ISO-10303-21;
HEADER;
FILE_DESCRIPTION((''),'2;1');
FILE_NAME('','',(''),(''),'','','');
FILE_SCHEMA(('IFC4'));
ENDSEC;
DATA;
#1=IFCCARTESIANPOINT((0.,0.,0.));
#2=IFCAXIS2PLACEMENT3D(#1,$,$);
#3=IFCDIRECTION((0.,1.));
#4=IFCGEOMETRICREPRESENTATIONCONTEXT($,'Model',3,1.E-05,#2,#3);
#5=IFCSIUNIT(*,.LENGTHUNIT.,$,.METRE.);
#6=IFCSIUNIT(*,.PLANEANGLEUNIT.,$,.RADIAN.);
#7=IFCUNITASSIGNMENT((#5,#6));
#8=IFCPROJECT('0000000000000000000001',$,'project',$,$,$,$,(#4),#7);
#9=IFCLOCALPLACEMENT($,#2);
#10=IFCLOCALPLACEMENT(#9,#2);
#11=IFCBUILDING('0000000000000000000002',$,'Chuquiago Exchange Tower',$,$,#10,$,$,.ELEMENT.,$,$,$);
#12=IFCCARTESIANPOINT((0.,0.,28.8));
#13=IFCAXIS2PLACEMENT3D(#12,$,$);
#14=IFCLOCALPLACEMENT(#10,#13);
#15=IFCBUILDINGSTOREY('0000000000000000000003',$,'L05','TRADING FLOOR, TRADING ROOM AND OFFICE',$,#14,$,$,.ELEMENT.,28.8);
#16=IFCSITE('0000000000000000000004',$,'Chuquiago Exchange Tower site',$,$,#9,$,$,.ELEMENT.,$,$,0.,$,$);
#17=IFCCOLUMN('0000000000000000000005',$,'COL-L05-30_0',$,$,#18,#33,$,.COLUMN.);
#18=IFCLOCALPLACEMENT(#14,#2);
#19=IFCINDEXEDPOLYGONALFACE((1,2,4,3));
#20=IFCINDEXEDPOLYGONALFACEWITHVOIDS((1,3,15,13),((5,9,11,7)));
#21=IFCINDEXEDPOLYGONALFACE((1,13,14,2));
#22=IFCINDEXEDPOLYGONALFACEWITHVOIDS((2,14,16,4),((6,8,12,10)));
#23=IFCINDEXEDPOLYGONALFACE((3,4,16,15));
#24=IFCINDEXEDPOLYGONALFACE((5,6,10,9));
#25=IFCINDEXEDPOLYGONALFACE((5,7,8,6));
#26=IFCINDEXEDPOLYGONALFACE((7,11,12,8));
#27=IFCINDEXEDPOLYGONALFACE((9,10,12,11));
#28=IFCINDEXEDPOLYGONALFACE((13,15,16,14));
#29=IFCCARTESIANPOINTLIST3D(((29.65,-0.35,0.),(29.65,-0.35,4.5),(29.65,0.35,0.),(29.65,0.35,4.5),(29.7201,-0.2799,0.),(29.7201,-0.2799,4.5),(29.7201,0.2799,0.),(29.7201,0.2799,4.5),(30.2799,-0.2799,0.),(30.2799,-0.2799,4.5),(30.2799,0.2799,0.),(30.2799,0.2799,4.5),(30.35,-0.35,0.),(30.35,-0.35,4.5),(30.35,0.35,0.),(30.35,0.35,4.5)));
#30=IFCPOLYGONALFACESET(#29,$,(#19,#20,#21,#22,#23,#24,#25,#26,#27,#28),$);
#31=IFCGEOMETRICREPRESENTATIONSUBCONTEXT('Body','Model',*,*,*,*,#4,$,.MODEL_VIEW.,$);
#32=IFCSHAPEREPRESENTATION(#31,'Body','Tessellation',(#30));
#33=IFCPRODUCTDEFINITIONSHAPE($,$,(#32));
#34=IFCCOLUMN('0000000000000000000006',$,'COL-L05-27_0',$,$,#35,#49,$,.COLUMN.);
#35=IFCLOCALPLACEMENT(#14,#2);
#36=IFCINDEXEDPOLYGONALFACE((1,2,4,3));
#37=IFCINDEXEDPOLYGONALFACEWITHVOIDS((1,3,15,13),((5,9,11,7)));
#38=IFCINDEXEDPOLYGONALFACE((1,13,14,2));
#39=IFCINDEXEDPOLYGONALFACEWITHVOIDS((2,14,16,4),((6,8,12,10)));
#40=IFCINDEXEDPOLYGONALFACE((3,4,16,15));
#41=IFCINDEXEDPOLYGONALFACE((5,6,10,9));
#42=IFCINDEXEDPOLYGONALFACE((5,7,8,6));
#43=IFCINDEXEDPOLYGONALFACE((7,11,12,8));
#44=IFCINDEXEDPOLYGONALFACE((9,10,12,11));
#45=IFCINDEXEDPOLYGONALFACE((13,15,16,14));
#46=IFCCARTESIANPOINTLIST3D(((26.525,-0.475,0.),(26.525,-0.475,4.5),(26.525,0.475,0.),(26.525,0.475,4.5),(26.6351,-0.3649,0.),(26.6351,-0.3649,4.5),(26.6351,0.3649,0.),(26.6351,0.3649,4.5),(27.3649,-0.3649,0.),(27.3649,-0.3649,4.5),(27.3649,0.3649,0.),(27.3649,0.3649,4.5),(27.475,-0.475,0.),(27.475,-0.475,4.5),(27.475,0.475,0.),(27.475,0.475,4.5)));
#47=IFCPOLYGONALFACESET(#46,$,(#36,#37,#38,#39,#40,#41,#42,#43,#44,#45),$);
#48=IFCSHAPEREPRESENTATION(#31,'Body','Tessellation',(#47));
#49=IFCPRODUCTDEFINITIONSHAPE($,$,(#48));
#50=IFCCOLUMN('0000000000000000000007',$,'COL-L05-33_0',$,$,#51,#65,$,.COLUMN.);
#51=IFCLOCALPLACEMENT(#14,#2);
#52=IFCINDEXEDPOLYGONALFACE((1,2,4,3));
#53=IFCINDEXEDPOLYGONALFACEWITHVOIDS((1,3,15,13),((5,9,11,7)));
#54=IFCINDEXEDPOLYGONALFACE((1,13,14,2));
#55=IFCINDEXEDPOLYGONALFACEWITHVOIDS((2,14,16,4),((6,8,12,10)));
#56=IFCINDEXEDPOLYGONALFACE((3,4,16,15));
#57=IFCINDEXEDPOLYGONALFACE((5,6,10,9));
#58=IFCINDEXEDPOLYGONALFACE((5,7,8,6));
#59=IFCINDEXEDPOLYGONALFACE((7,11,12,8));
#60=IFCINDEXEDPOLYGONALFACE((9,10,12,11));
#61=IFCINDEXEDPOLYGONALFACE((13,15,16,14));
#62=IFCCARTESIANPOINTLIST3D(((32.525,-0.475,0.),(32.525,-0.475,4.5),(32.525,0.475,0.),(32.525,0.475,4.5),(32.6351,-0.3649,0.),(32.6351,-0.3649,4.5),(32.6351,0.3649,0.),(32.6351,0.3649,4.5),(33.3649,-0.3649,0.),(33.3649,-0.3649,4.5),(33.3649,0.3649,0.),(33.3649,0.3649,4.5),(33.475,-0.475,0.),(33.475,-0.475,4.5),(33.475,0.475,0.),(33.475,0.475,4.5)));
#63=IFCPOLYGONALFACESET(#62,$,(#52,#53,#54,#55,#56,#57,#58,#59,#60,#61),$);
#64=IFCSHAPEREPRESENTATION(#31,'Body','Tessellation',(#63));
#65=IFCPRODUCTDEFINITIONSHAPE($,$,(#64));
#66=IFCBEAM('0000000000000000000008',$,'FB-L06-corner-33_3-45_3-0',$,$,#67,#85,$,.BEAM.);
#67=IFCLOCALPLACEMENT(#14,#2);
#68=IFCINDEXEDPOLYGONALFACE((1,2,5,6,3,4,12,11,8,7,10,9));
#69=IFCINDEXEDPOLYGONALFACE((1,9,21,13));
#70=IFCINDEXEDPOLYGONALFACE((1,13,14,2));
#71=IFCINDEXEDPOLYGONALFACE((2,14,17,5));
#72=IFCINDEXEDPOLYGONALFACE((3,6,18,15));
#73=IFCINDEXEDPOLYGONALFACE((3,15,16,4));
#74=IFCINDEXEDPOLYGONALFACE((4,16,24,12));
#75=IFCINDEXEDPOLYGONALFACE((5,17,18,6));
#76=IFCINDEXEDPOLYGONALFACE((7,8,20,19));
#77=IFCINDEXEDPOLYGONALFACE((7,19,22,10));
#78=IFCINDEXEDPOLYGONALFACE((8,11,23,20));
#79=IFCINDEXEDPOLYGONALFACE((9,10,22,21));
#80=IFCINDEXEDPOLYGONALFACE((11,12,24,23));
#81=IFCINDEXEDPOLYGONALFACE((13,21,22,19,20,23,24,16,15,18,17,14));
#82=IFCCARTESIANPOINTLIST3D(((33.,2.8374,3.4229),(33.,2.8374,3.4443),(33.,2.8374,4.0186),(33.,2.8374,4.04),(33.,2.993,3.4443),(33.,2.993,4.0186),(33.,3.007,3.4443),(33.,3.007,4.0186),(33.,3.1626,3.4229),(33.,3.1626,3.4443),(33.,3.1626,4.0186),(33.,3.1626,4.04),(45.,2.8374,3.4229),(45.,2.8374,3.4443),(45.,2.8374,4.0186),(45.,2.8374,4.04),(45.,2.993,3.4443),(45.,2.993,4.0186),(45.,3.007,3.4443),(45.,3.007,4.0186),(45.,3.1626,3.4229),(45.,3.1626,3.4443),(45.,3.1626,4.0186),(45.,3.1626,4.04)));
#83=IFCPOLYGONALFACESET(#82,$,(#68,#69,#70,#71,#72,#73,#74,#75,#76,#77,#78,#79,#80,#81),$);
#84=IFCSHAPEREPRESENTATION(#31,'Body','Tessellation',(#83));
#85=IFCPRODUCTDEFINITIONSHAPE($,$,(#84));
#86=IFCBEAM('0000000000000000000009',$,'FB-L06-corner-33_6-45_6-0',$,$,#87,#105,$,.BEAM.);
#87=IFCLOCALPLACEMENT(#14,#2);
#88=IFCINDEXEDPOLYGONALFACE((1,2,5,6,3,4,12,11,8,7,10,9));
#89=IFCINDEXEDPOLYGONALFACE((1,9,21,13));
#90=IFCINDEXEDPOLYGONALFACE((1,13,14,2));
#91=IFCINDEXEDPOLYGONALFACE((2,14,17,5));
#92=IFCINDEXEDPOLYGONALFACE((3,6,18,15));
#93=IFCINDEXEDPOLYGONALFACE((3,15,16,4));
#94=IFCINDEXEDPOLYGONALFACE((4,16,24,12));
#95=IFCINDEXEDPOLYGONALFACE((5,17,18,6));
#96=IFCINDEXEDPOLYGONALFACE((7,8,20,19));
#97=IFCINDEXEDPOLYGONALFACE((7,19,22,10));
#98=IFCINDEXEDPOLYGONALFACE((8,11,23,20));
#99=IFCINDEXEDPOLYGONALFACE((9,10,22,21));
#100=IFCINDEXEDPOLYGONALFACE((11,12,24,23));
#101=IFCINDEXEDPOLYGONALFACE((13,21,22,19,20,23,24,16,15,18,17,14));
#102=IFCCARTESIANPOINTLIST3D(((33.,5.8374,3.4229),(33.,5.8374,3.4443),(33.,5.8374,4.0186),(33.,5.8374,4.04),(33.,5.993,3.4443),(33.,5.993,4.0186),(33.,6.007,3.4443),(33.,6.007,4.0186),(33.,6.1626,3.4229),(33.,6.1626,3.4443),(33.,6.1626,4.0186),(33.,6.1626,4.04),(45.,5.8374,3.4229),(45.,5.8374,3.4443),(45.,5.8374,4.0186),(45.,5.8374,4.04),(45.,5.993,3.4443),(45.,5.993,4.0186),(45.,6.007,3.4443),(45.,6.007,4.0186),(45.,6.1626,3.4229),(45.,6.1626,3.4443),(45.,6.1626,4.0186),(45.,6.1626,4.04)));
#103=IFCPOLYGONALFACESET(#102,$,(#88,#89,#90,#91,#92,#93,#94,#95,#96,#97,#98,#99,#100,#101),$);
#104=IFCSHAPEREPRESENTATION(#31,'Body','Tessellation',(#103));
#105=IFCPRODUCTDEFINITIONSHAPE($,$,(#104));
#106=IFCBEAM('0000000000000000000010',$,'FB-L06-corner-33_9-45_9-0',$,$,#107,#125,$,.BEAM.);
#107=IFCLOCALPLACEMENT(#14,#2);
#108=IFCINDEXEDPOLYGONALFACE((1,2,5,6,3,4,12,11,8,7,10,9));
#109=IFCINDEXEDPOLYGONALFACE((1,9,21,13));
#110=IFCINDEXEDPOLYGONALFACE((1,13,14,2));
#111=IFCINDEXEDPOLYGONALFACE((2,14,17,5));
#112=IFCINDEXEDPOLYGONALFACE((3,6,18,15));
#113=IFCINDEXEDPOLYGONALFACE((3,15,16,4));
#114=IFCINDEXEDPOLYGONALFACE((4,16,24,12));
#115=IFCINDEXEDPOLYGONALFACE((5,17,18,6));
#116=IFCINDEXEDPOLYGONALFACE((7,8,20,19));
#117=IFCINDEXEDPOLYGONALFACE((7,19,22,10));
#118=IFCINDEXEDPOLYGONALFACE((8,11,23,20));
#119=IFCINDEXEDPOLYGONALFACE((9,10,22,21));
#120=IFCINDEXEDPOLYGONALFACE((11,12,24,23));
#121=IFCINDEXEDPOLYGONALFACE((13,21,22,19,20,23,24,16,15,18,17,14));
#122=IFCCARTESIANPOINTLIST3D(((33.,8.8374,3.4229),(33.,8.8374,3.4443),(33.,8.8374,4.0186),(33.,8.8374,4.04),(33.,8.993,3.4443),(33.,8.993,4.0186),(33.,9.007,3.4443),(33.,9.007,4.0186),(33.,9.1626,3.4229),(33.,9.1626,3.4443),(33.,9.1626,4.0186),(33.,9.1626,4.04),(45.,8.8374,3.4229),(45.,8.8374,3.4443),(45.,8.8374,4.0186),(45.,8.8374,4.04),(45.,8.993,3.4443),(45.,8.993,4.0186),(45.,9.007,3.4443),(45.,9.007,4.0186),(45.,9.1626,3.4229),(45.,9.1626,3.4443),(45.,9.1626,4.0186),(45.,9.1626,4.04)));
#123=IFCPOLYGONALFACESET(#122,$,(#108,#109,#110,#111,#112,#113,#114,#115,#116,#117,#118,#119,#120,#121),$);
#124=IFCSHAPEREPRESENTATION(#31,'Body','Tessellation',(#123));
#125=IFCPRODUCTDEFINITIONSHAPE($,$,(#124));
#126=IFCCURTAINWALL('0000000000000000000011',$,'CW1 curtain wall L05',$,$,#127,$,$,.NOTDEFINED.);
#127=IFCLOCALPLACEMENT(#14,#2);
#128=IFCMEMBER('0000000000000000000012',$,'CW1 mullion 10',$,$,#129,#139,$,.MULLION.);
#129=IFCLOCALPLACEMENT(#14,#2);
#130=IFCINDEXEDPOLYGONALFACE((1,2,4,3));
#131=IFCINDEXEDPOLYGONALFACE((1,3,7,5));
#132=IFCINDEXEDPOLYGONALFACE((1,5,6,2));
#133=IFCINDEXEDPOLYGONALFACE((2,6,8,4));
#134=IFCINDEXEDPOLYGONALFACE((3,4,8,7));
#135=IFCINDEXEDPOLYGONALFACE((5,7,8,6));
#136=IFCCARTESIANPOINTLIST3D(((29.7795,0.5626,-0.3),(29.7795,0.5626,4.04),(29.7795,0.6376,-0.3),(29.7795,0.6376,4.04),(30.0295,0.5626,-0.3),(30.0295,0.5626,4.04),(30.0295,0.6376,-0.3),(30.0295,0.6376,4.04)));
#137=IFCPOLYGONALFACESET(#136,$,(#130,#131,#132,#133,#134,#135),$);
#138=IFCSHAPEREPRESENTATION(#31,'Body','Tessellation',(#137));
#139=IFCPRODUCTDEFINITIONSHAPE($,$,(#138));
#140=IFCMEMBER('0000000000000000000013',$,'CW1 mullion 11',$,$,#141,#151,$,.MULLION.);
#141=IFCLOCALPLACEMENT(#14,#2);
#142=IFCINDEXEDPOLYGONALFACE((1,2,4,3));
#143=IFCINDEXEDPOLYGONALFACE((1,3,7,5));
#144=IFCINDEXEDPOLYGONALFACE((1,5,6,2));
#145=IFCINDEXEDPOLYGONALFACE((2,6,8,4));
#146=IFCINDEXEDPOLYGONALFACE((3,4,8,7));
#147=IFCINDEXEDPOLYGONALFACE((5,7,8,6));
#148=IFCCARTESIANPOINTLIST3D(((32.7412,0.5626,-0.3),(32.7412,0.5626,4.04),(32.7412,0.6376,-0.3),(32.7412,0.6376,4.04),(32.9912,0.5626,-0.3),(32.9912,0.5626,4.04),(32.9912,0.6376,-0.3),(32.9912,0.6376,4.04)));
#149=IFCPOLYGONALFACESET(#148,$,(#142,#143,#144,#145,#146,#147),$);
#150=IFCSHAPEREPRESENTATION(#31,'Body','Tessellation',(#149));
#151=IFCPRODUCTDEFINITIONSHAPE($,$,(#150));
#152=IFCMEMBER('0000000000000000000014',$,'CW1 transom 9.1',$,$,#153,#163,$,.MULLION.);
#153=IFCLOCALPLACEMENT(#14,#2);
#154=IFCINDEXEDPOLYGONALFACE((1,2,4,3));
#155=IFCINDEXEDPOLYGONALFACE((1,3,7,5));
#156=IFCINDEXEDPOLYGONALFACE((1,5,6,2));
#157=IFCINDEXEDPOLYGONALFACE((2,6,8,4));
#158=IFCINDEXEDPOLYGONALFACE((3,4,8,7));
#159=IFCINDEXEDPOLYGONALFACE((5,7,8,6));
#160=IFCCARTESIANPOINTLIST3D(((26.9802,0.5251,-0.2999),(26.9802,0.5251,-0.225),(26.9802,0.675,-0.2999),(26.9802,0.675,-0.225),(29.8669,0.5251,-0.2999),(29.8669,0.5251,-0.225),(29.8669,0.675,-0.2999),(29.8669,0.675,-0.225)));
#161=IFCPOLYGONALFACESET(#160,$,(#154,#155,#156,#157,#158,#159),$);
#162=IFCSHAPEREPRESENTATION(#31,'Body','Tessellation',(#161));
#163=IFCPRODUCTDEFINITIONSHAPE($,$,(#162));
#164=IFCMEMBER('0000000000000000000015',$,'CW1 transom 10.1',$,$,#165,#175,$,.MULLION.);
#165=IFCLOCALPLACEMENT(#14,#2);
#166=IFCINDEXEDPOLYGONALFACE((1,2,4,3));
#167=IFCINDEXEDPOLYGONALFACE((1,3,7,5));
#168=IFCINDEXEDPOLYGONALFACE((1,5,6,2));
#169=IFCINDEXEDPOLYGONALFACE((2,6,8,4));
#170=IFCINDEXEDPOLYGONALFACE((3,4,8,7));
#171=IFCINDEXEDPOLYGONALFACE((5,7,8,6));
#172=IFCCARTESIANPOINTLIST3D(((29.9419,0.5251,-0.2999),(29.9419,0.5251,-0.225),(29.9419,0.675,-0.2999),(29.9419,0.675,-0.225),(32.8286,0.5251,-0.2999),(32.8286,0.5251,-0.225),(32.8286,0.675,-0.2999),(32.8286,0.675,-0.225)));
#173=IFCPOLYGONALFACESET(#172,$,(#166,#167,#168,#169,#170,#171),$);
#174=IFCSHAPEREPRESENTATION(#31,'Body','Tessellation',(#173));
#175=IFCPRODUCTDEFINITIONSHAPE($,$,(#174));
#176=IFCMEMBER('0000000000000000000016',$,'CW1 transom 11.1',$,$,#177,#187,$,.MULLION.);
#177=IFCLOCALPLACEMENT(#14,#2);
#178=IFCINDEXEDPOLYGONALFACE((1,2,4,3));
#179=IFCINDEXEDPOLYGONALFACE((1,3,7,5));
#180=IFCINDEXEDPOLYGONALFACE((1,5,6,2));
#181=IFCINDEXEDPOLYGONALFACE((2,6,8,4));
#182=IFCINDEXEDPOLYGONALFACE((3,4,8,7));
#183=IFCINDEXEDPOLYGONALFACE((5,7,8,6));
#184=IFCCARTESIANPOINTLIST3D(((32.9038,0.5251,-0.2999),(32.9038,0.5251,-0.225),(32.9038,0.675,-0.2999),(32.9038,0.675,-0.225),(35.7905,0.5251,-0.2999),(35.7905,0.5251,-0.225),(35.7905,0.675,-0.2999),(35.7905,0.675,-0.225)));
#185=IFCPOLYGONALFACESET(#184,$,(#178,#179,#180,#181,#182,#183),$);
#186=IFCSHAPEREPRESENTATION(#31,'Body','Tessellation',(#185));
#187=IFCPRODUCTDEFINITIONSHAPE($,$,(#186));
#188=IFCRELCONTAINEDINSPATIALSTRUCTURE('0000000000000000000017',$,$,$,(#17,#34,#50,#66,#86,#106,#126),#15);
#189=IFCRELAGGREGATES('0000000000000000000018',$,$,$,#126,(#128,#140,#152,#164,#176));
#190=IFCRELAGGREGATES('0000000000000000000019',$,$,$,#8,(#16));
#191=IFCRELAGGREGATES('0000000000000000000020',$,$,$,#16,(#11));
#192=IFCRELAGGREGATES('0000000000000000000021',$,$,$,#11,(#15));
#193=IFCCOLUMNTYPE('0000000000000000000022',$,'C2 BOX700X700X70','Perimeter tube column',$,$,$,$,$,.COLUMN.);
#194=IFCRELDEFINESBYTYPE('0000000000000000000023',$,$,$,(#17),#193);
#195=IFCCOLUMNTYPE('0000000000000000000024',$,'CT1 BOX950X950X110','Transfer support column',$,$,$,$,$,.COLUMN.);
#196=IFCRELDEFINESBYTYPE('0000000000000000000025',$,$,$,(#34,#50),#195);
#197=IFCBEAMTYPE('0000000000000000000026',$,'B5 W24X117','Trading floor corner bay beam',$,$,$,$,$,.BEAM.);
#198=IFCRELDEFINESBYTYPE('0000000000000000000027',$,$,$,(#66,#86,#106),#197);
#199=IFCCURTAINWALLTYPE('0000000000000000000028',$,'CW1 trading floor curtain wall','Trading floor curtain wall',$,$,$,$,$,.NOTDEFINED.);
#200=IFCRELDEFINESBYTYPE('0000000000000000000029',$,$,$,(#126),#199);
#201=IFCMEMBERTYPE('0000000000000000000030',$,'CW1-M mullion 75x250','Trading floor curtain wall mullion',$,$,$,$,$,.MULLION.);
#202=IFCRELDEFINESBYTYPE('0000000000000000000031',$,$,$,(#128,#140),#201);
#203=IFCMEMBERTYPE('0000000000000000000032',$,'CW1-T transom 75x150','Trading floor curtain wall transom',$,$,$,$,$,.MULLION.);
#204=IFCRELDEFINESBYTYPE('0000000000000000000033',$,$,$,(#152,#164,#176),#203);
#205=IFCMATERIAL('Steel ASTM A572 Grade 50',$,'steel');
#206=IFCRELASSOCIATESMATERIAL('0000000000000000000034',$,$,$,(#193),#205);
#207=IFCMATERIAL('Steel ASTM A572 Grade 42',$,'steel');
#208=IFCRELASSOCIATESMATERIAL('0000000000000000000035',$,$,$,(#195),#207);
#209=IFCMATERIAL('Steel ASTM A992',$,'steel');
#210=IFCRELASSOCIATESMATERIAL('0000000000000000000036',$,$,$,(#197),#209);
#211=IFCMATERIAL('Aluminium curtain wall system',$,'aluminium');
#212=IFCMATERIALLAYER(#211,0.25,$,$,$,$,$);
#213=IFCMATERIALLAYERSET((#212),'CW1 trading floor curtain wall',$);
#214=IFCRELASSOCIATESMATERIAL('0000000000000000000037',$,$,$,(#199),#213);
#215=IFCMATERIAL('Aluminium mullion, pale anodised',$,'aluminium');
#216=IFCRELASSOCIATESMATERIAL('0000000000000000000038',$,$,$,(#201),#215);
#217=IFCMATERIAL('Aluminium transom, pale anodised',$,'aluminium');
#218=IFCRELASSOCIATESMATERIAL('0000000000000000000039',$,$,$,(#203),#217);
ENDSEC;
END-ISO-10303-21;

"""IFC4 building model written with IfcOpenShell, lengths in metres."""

from ifc_helpers import new_model, si_unit, direction, frame, origin, origin_2d, place, context, subcontext, project, spatial, rectangle, hollow_rectangle, i_section, extrude, material, layer, layer_set, material_profile, profile_set, type_object, element, aggregate, save


model = new_model("IFC4")

# Units and contexts
model_context = context("Model", 3, precision=1e-05, world=origin(), true_north=direction((0.0, 1.0)))
body_context = subcontext(model_context, "Body", "Model", "MODEL_VIEW")
ifc_project = project(units=[si_unit("LENGTHUNIT", "METRE"), si_unit("PLANEANGLEUNIT", "RADIAN")], contexts=[model_context])

# Site, building, storey
site_placement = place(None, origin())
site = spatial("IfcSite", under=ifc_project, at=site_placement, Name="Chuquiago Exchange Tower site", CompositionType="ELEMENT", RefElevation=0.0)
building_placement = place(site_placement, origin())
building = spatial("IfcBuilding", under=site, at=building_placement, Name="Chuquiago Exchange Tower", CompositionType="ELEMENT")
storey_placement = place(building_placement, frame((0.0, 0.0, 28.8)))
storey = spatial("IfcBuildingStorey", under=building, at=storey_placement, Name="L05", Description="TRADING FLOOR, TRADING ROOM AND OFFICE", CompositionType="ELEMENT", Elevation=28.8)

# Columns
ifc_material_1 = material(Name="Steel ASTM A572 Grade 50", Category="steel")
ifc_material_profile_1 = material_profile(ifc_material_1, hollow_rectangle(XDim=0.7, YDim=0.7, WallThickness=0.0701, at=origin_2d()), Name="BOX700X700X70")
ifc_profile_set_1 = profile_set([ifc_material_profile_1], Name="Steel ASTM A572 Grade 50")
column_type_1 = type_object("IfcColumnType", Name="C2 BOX700X700X70", Description="Perimeter tube column", PredefinedType="COLUMN", material=ifc_profile_set_1)
column_placement = place(storey_placement, frame((30.0, 0.0, 0.0), z_axis=(0.0, 0.0, 1.0), x_axis=(0.0, -1.0, 0.0)))
element("IfcColumn", 1, at=column_placement, inside=storey, type_object=column_type_1, Name="COL-L05-30_0", PredefinedType="COLUMN", context=body_context, shape_type="SweptSolid", body=[
    extrude(hollow_rectangle(XDim=0.7, YDim=0.7, WallThickness=0.0701, at=origin_2d()), origin(), (0.0, 0.0, 1.0), 4.5),
])
ifc_material_2 = material(Name="Steel ASTM A572 Grade 42", Category="steel")
ifc_material_profile_2 = material_profile(ifc_material_2, hollow_rectangle(XDim=0.95, YDim=0.95, WallThickness=0.1101, at=origin_2d()), Name="BOX950X950X110")
ifc_profile_set_2 = profile_set([ifc_material_profile_2], Name="Steel ASTM A572 Grade 42")
column_type_2 = type_object("IfcColumnType", Name="CT1 BOX950X950X110", Description="Transfer support column", PredefinedType="COLUMN", material=ifc_profile_set_2)
for number, where, z_axis, x_axis, name in (
    (2, (27.0, 0.0, 0.0), (0.0, 0.0, 1.0), (0.0, -1.0, 0.0), "COL-L05-27_0"),
    (3, (33.0, 0.0, 0.0), (0.0, 0.0, 1.0), (0.0, -1.0, 0.0), "COL-L05-33_0"),
):
    element("IfcColumn", number, at=place(storey_placement, frame(where, z_axis=z_axis, x_axis=x_axis)), inside=storey, type_object=column_type_2, Name=name, PredefinedType="COLUMN", context=body_context, shape_type="SweptSolid", body=[
        extrude(hollow_rectangle(XDim=0.95, YDim=0.95, WallThickness=0.1101, at=origin_2d()), origin(), (0.0, 0.0, 1.0), 4.5),
    ])

# Beams
ifc_material_3 = material(Name="Steel ASTM A992", Category="steel")
ifc_material_profile_3 = material_profile(ifc_material_3, i_section(OverallWidth=0.3252, OverallDepth=0.6172, WebThickness=0.0139, FlangeThickness=0.0215, at=origin_2d()), Name="W24X117")
ifc_profile_set_3 = profile_set([ifc_material_profile_3], Name="Steel ASTM A992")
beam_type_1 = type_object("IfcBeamType", Name="B5 W24X117", Description="Trading floor corner bay beam", PredefinedType="BEAM", material=ifc_profile_set_3)
for number, where, z_axis, x_axis, name in (
    (4, (33.0, 3.0, 3.7314), (1.0, 0.0, 0.0), (0.0, 1.0, 0.0), "FB-L06-corner-33_3-45_3-0"),
    (5, (33.0, 6.0, 3.7314), (1.0, 0.0, 0.0), (0.0, 1.0, 0.0), "FB-L06-corner-33_6-45_6-0"),
    (6, (33.0, 9.0, 3.7314), (1.0, 0.0, 0.0), (0.0, 1.0, 0.0), "FB-L06-corner-33_9-45_9-0"),
):
    element("IfcBeam", number, at=place(storey_placement, frame(where, z_axis=z_axis, x_axis=x_axis)), inside=storey, type_object=beam_type_1, Name=name, PredefinedType="BEAM", context=body_context, shape_type="SweptSolid", body=[
        extrude(i_section(OverallWidth=0.3252, OverallDepth=0.6172, WebThickness=0.0139, FlangeThickness=0.0215, at=origin_2d()), origin(), (0.0, 0.0, 1.0), 12.0),
    ])

# Curtain wall, members
ifc_material_4 = material(Name="Aluminium curtain wall system", Category="aluminium")
ifc_layer_1 = layer(ifc_material_4, 0.25)
ifc_layer_set_1 = layer_set([ifc_layer_1], Name="CW1 trading floor curtain wall")
curtain_wall_type = type_object("IfcCurtainWallType", Name="CW1 trading floor curtain wall", Description="Trading floor curtain wall", PredefinedType="NOTDEFINED", material=ifc_layer_set_1)
curtain_wall_placement = place(storey_placement, origin())
curtain_wall = element("IfcCurtainWall", 7, at=curtain_wall_placement, inside=storey, type_object=curtain_wall_type, Name="CW1 curtain wall L05", PredefinedType="NOTDEFINED")
ifc_material_5 = material(Name="Aluminium mullion, pale anodised", Category="aluminium")
ifc_material_profile_4 = material_profile(ifc_material_5, rectangle(XDim=0.075, YDim=0.25, at=origin_2d()), Name="AL 75x250")
ifc_profile_set_4 = profile_set([ifc_material_profile_4], Name="Aluminium mullion, pale anodised")
member_type_1 = type_object("IfcMemberType", Name="CW1-M mullion 75x250", Description="Trading floor curtain wall mullion", PredefinedType="MULLION", material=ifc_profile_set_4)
member_1_placement = place(storey_placement, frame((29.9045, 0.6001, -0.3), z_axis=(0.0, 0.0, 1.0), x_axis=(0.0, 1.0, 0.0)))
member_1 = element("IfcMember", 8, at=member_1_placement, type_object=member_type_1, Name="CW1 mullion 10", PredefinedType="MULLION", context=body_context, shape_type="SweptSolid", body=[
    extrude(rectangle(XDim=0.075, YDim=0.25, at=origin_2d()), origin(), (0.0, 0.0, 1.0), 4.3401),
])
member_2_placement = place(storey_placement, frame((32.8662, 0.6001, -0.3), z_axis=(0.0, 0.0, 1.0), x_axis=(0.0, 1.0, 0.0)))
member_2 = element("IfcMember", 9, at=member_2_placement, type_object=member_type_1, Name="CW1 mullion 11", PredefinedType="MULLION", context=body_context, shape_type="SweptSolid", body=[
    extrude(rectangle(XDim=0.075, YDim=0.25, at=origin_2d()), origin(), (0.0, 0.0, 1.0), 4.3401),
])
ifc_material_6 = material(Name="Aluminium transom, pale anodised", Category="aluminium")
ifc_material_profile_5 = material_profile(ifc_material_6, rectangle(XDim=0.1499, YDim=0.075, at=origin_2d()), Name="AL 150x75")
ifc_profile_set_5 = profile_set([ifc_material_profile_5], Name="Aluminium transom, pale anodised")
member_type_2 = type_object("IfcMemberType", Name="CW1-T transom 75x150", Description="Trading floor curtain wall transom", PredefinedType="MULLION", material=ifc_profile_set_5)
member_3_placement = place(storey_placement, frame((26.9802, 0.6001, -0.2625), z_axis=(1.0, 0.0, 0.0), x_axis=(0.0, 1.0, 0.0)))
member_3 = element("IfcMember", 10, at=member_3_placement, type_object=member_type_2, Name="CW1 transom 9.1", PredefinedType="MULLION", context=body_context, shape_type="SweptSolid", body=[
    extrude(rectangle(XDim=0.1499, YDim=0.075, at=origin_2d()), origin(), (0.0, 0.0, 1.0), 2.8867),
])
member_4_placement = place(storey_placement, frame((29.9419, 0.6001, -0.2625), z_axis=(1.0, 0.0, 0.0), x_axis=(0.0, 1.0, 0.0)))
member_4 = element("IfcMember", 11, at=member_4_placement, type_object=member_type_2, Name="CW1 transom 10.1", PredefinedType="MULLION", context=body_context, shape_type="SweptSolid", body=[
    extrude(rectangle(XDim=0.1499, YDim=0.075, at=origin_2d()), origin(), (0.0, 0.0, 1.0), 2.8867),
])
member_5_placement = place(storey_placement, frame((32.9038, 0.6001, -0.2625), z_axis=(1.0, 0.0, 0.0), x_axis=(0.0, 1.0, 0.0)))
member_5 = element("IfcMember", 12, at=member_5_placement, type_object=member_type_2, Name="CW1 transom 11.1", PredefinedType="MULLION", context=body_context, shape_type="SweptSolid", body=[
    extrude(rectangle(XDim=0.1499, YDim=0.075, at=origin_2d()), origin(), (0.0, 0.0, 1.0), 2.8867),
])

aggregate(curtain_wall, [member_1, member_2, member_3, member_4, member_5])

save(model, "model.ifc")
